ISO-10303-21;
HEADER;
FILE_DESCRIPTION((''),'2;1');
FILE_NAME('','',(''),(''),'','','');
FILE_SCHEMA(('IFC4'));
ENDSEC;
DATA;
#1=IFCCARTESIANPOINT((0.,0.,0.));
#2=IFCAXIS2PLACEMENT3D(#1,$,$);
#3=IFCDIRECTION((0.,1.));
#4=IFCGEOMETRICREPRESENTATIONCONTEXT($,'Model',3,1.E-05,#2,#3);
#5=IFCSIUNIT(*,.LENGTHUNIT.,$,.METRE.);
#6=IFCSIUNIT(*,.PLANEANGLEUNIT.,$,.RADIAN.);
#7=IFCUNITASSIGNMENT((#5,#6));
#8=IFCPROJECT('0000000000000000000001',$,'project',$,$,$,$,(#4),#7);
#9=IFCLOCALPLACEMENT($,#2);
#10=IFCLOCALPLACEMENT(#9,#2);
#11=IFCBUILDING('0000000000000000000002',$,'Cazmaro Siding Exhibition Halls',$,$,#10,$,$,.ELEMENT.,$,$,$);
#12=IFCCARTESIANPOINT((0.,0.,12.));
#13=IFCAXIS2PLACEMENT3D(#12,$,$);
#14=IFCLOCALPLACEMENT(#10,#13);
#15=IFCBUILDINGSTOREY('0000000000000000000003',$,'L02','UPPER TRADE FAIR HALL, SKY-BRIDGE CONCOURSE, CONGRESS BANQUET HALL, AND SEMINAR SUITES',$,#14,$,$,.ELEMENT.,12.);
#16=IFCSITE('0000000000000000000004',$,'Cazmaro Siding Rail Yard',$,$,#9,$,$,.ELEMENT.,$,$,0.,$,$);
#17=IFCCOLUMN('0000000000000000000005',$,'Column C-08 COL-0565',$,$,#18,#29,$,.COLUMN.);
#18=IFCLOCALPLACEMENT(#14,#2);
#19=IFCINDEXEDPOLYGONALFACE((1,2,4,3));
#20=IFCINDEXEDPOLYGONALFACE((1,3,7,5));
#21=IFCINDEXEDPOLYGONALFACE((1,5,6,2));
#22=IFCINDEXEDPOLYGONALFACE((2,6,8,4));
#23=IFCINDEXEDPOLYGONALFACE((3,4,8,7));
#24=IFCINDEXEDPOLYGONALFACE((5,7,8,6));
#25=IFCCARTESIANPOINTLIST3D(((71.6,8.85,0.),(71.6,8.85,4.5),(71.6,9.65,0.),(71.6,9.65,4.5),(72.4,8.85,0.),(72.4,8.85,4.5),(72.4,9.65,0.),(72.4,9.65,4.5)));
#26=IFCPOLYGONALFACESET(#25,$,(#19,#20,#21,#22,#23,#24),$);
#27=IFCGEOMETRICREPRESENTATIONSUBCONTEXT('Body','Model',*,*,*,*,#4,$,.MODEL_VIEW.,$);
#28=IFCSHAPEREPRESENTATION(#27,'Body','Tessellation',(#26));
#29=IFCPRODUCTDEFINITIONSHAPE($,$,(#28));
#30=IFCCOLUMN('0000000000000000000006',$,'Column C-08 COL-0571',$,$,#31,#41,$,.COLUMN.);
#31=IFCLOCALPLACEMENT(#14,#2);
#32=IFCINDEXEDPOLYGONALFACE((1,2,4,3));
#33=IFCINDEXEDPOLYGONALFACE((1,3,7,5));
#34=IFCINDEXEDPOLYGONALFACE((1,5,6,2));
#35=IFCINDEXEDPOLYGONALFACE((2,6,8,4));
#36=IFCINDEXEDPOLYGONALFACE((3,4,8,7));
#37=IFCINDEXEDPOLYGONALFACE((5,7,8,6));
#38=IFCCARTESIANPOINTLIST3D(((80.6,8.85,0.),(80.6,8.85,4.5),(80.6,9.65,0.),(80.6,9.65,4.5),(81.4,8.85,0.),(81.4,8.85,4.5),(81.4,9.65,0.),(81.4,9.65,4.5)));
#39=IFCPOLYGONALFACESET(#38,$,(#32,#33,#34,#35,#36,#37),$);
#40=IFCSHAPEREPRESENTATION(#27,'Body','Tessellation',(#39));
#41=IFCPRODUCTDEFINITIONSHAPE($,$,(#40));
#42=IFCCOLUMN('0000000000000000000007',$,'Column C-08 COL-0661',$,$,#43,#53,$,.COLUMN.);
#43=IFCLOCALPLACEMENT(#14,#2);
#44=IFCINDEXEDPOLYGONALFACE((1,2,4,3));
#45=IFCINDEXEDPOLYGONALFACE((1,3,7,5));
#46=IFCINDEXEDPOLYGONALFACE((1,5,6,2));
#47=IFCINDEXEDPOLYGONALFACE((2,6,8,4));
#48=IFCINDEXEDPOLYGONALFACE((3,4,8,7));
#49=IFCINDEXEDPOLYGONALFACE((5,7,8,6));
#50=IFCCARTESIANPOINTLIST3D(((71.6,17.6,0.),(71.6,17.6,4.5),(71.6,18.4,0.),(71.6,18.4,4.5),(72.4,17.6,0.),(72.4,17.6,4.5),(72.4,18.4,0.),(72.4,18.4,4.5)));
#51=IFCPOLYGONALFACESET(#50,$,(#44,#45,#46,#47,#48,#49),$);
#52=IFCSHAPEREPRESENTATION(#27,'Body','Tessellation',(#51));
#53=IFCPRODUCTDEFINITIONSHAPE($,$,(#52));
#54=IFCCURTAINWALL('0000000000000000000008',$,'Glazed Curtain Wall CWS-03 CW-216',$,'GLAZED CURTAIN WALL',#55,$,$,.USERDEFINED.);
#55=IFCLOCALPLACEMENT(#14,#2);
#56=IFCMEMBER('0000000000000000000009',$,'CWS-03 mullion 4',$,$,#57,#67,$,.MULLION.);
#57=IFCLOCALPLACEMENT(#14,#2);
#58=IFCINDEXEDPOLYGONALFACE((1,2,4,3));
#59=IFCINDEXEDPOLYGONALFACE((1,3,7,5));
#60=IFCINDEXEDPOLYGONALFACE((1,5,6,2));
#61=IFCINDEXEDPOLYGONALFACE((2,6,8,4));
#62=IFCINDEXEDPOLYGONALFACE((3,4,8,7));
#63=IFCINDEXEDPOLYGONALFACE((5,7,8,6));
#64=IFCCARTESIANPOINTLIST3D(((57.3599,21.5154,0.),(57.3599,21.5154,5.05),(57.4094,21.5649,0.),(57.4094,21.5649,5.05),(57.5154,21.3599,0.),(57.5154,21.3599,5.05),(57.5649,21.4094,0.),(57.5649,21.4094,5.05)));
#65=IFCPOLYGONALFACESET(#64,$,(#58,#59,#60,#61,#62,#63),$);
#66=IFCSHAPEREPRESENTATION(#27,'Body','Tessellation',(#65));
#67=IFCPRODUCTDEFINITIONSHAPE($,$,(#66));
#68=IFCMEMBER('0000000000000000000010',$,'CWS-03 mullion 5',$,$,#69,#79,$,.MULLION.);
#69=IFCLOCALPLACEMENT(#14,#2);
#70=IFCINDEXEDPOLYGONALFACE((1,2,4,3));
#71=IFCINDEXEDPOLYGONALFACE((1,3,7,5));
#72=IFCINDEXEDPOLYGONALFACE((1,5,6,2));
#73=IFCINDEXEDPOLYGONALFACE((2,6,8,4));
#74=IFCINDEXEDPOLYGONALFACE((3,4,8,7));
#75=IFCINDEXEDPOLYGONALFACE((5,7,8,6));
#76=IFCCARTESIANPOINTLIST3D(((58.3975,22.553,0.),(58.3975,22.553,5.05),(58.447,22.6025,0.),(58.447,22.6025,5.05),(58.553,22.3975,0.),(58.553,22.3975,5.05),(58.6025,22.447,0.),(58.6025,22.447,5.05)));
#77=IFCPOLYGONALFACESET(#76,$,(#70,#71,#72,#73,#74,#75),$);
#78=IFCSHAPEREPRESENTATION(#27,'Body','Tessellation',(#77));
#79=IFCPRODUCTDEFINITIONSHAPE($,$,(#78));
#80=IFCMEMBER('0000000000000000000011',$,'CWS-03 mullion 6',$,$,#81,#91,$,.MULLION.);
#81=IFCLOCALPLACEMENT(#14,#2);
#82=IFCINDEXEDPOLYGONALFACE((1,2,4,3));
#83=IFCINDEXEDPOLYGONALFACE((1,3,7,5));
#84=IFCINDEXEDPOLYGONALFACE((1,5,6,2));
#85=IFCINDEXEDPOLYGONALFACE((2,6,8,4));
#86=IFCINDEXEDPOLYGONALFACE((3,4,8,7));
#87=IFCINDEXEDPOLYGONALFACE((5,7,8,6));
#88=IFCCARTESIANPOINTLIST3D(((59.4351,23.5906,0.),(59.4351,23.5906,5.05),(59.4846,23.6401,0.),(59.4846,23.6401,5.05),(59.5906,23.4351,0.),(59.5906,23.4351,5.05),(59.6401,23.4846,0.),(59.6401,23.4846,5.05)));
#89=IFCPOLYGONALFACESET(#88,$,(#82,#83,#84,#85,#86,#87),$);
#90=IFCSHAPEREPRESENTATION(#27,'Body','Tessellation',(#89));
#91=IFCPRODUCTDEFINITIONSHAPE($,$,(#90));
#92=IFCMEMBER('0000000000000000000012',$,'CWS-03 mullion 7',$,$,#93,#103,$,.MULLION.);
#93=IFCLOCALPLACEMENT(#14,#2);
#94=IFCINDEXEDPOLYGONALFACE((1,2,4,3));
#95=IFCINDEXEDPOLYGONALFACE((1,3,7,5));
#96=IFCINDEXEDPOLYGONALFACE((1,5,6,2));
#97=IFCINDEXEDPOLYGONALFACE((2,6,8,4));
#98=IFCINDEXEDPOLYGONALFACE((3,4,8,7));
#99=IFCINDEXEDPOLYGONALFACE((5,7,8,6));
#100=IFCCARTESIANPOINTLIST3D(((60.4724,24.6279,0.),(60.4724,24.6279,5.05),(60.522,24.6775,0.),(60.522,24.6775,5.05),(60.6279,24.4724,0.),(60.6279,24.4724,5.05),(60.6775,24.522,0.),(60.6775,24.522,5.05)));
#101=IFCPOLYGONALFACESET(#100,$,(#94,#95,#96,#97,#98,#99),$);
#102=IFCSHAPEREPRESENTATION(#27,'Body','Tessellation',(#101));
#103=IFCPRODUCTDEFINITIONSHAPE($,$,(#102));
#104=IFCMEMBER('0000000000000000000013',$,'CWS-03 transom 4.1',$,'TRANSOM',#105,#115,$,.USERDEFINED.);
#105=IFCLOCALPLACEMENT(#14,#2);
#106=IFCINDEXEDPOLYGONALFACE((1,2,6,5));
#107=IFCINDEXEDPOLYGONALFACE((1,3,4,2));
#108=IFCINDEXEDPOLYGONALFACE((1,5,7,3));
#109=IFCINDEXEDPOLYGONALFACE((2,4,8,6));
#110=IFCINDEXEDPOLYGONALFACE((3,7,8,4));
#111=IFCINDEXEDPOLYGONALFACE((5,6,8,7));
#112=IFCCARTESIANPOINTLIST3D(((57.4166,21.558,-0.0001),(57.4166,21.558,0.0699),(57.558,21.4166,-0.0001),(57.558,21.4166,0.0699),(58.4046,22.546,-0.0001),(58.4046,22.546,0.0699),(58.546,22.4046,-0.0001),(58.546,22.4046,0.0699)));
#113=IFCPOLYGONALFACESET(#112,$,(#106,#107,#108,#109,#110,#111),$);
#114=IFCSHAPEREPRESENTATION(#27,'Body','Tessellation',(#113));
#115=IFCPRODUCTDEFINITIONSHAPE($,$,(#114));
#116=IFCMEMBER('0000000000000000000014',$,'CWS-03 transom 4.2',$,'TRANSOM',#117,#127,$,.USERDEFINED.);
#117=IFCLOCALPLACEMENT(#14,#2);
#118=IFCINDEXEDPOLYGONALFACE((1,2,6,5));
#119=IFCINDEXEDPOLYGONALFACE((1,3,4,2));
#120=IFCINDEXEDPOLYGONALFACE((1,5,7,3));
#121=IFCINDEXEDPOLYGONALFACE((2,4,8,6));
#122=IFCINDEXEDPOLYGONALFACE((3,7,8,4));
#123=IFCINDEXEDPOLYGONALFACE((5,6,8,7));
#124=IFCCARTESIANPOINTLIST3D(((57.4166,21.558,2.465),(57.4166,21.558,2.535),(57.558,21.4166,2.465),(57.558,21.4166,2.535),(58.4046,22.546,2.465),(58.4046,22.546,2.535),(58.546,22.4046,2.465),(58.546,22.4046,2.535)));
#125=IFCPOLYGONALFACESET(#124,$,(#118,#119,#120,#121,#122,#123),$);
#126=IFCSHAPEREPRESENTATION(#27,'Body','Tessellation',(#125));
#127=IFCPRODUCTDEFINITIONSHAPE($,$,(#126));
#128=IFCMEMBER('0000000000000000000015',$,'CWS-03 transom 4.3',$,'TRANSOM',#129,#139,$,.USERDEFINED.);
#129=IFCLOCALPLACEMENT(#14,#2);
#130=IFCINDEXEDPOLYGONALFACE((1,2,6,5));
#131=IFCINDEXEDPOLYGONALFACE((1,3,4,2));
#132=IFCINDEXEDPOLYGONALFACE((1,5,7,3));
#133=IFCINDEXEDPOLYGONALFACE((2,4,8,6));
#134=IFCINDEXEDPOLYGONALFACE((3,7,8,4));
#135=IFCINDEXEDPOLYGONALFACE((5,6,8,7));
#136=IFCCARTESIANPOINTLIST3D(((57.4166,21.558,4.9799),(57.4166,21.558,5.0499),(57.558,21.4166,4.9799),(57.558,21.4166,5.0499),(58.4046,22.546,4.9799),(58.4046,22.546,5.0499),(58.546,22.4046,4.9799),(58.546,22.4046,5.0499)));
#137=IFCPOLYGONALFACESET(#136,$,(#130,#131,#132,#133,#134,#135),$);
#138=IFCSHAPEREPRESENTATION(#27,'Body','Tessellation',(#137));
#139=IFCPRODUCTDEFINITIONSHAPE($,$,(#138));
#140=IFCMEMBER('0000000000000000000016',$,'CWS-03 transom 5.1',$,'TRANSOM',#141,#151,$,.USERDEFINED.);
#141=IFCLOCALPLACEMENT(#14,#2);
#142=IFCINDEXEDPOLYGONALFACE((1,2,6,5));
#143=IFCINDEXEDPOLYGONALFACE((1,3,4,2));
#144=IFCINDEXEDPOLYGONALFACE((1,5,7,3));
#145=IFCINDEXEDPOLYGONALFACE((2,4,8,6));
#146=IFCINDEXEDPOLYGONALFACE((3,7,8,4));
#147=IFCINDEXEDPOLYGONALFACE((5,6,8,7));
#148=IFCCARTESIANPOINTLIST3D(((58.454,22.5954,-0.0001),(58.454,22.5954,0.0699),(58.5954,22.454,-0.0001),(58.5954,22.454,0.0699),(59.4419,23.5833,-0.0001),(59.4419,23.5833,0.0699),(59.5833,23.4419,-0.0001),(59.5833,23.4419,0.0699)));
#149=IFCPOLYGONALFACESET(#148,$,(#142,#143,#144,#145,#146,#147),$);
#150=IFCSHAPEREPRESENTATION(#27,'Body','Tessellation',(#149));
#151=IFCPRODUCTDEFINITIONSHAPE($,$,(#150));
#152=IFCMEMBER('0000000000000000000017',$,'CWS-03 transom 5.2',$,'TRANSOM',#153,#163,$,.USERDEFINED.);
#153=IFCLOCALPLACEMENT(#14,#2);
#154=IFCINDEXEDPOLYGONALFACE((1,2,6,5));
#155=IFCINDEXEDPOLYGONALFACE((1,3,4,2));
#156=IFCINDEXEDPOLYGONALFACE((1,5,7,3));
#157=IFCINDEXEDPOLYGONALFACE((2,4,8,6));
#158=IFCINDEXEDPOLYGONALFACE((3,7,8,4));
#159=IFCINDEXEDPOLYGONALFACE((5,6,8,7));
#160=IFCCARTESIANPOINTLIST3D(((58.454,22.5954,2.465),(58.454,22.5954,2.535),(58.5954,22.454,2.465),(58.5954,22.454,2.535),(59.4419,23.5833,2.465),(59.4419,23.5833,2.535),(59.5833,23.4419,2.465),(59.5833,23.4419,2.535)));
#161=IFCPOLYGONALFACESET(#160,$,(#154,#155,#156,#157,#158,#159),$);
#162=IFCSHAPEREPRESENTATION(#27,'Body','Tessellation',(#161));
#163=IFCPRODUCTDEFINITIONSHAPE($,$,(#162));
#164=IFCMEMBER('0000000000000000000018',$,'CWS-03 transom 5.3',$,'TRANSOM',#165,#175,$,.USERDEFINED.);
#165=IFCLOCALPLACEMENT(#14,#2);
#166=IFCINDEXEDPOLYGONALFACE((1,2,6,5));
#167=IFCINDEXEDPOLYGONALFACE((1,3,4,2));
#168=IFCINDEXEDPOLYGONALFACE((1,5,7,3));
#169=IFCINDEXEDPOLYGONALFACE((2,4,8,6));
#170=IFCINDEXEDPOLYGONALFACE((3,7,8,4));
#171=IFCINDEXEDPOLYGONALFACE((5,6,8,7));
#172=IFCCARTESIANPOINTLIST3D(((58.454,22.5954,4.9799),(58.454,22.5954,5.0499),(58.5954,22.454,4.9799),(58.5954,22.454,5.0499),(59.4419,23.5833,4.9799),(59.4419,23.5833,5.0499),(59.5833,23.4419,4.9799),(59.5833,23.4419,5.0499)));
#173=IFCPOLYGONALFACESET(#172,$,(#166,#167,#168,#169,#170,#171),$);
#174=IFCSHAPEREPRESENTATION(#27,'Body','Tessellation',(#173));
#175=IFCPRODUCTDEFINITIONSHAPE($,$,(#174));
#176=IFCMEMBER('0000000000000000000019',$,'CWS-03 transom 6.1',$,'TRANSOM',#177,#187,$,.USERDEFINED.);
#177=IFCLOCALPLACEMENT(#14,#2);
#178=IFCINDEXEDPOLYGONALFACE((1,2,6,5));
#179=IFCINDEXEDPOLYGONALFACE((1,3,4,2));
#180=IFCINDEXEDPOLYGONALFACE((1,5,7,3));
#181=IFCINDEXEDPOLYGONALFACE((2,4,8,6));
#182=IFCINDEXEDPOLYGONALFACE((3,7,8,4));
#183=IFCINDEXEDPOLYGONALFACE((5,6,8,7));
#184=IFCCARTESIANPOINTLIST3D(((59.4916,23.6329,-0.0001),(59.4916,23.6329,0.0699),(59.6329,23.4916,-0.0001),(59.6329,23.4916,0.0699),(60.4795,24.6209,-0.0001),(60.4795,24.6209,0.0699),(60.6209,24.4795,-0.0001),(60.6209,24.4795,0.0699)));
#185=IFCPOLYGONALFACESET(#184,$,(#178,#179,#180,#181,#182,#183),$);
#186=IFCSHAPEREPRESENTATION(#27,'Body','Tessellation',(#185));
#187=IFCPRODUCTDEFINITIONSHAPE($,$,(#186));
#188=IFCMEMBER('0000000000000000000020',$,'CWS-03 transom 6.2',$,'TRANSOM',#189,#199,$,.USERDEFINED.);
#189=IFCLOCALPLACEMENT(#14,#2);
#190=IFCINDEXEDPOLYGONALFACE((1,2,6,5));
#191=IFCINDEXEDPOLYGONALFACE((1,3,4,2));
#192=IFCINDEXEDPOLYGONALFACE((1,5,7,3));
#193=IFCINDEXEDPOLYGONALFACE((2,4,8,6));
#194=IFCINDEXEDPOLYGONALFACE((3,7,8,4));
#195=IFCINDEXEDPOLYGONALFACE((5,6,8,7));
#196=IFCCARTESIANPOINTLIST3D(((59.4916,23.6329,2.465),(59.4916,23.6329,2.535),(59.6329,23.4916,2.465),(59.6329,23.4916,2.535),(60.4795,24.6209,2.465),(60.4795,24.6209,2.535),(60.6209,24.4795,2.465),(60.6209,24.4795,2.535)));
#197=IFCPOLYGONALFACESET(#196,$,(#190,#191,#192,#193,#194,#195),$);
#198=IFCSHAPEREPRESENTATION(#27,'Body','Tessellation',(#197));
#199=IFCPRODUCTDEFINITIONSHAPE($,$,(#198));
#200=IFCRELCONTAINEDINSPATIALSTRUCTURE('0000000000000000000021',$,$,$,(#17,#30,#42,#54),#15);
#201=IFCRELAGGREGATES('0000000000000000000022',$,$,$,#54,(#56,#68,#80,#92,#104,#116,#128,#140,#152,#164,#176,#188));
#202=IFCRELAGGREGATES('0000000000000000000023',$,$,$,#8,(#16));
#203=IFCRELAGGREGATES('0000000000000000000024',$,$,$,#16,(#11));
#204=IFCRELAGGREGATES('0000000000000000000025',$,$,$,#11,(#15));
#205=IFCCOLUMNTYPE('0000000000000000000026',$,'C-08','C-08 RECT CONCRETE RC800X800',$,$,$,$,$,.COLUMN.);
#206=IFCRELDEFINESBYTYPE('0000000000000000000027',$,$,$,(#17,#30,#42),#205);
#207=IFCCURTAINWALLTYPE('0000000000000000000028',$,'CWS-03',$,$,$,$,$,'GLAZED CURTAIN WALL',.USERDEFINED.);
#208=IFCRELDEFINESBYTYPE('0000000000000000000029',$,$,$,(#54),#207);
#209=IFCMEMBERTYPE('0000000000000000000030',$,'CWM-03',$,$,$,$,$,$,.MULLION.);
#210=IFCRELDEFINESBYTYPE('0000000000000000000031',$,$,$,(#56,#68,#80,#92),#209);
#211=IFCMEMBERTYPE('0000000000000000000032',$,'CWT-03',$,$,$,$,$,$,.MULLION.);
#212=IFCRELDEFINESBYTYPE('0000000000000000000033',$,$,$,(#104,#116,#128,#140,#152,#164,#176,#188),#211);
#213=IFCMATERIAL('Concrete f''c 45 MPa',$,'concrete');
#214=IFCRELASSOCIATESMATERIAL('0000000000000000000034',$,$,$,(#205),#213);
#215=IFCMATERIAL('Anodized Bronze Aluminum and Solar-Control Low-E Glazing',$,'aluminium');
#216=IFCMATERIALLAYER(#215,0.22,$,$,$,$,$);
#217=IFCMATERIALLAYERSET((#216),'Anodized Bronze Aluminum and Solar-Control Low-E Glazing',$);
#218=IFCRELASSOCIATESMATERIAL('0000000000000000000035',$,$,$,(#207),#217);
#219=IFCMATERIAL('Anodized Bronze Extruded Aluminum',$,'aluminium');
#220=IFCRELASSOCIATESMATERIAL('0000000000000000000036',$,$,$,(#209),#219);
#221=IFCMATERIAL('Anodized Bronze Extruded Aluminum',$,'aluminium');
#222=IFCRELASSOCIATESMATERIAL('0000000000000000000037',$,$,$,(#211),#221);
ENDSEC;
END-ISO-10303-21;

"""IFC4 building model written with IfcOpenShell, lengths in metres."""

from ifc_helpers import new_model, si_unit, direction, frame, origin, origin_2d, place, context, subcontext, project, spatial, rectangle, extrude, material, layer, layer_set, material_profile, profile_set, type_object, element, aggregate, save


model = new_model("IFC4")

# Units and contexts
model_context = context("Model", 3, precision=1e-05, world=origin(), true_north=direction((0.0, 1.0)))
body_context = subcontext(model_context, "Body", "Model", "MODEL_VIEW")
ifc_project = project(units=[si_unit("LENGTHUNIT", "METRE"), si_unit("PLANEANGLEUNIT", "RADIAN")], contexts=[model_context])

# Site, building, storey
site_placement = place(None, origin())
site = spatial("IfcSite", under=ifc_project, at=site_placement, Name="Cazmaro Siding Rail Yard", CompositionType="ELEMENT", RefElevation=0.0)
building_placement = place(site_placement, origin())
building = spatial("IfcBuilding", under=site, at=building_placement, Name="Cazmaro Siding Exhibition Halls", CompositionType="ELEMENT")
storey_placement = place(building_placement, frame((0.0, 0.0, 12.0)))
storey = spatial("IfcBuildingStorey", under=building, at=storey_placement, Name="L02", Description="UPPER TRADE FAIR HALL, SKY-BRIDGE CONCOURSE, CONGRESS BANQUET HALL, AND SEMINAR SUITES", CompositionType="ELEMENT", Elevation=12.0)

# Columns
ifc_material_1 = material(Name="Concrete f'c 45 MPa", Category="concrete")
ifc_material_profile_1 = material_profile(ifc_material_1, rectangle(XDim=0.8, YDim=0.8, at=origin_2d()), Name="RC800X800")
ifc_profile_set_1 = profile_set([ifc_material_profile_1], Name="Concrete f'c 45 MPa")
column_type = type_object("IfcColumnType", Name="C-08", Description="C-08 RECT CONCRETE RC800X800", PredefinedType="COLUMN", material=ifc_profile_set_1)
for number, where, z_axis, x_axis, name in (
    (1, (72.0, 9.25, 0.0), (0.0, 0.0, 1.0), (1.0, 0.0, 0.0), "Column C-08 COL-0565"),
    (2, (81.0, 9.25, 0.0), (0.0, 0.0, 1.0), (1.0, 0.0, 0.0), "Column C-08 COL-0571"),
    (3, (72.0, 18.0, 0.0), (0.0, 0.0, 1.0), (1.0, 0.0, 0.0), "Column C-08 COL-0661"),
):
    element("IfcColumn", number, at=place(storey_placement, frame(where, z_axis=z_axis, x_axis=x_axis)), inside=storey, type_object=column_type, Name=name, PredefinedType="COLUMN", context=body_context, shape_type="SweptSolid", body=[
        extrude(rectangle(XDim=0.8, YDim=0.8, at=origin_2d()), origin(), (0.0, 0.0, 1.0), 4.5),
    ])

# Curtain wall, members
ifc_material_2 = material(Name="Anodized Bronze Aluminum and Solar-Control Low-E Glazing", Category="aluminium")
ifc_layer_1 = layer(ifc_material_2, 0.22)
ifc_layer_set_1 = layer_set([ifc_layer_1], Name="Anodized Bronze Aluminum and Solar-Control Low-E Glazing")
curtain_wall_type = type_object("IfcCurtainWallType", Name="CWS-03", ElementType="GLAZED CURTAIN WALL", PredefinedType="USERDEFINED", material=ifc_layer_set_1)
curtain_wall_placement = place(storey_placement, origin())
curtain_wall = element("IfcCurtainWall", 4, at=curtain_wall_placement, inside=storey, type_object=curtain_wall_type, Name="Glazed Curtain Wall CWS-03 CW-216", ObjectType="GLAZED CURTAIN WALL", PredefinedType="USERDEFINED")
ifc_material_3 = material(Name="Anodized Bronze Extruded Aluminum", Category="aluminium")
ifc_material_profile_2 = material_profile(ifc_material_3, rectangle(XDim=0.22, YDim=0.0701, at=origin_2d()), Name="CWM-03")
ifc_profile_set_2 = profile_set([ifc_material_profile_2], Name="Anodized Bronze Extruded Aluminum")
member_type_1 = type_object("IfcMemberType", Name="CWM-03", PredefinedType="MULLION", material=ifc_profile_set_2)
member_1_placement = place(storey_placement, frame((57.4624, 21.4624, 0.0), z_axis=(0.0, 0.0, 1.0), x_axis=(-0.707107, 0.707107, 0.0)))
member_1 = element("IfcMember", 5, at=member_1_placement, type_object=member_type_1, Name="CWS-03 mullion 4", PredefinedType="MULLION", context=body_context, shape_type="SweptSolid", body=[
    extrude(rectangle(XDim=0.22, YDim=0.0701, at=origin_2d()), origin(), (0.0, 0.0, 1.0), 5.05),
])
member_2_placement = place(storey_placement, frame((58.5, 22.5, 0.0), z_axis=(0.0, 0.0, 1.0), x_axis=(-0.707107, 0.707107, 0.0)))
member_2 = element("IfcMember", 6, at=member_2_placement, type_object=member_type_1, Name="CWS-03 mullion 5", PredefinedType="MULLION", context=body_context, shape_type="SweptSolid", body=[
    extrude(rectangle(XDim=0.22, YDim=0.0701, at=origin_2d()), origin(), (0.0, 0.0, 1.0), 5.05),
])
member_3_placement = place(storey_placement, frame((59.5376, 23.5376, 0.0), z_axis=(0.0, 0.0, 1.0), x_axis=(-0.707107, 0.707107, 0.0)))
member_3 = element("IfcMember", 7, at=member_3_placement, type_object=member_type_1, Name="CWS-03 mullion 6", PredefinedType="MULLION", context=body_context, shape_type="SweptSolid", body=[
    extrude(rectangle(XDim=0.22, YDim=0.0701, at=origin_2d()), origin(), (0.0, 0.0, 1.0), 5.05),
])
member_4_placement = place(storey_placement, frame((60.575, 24.575, 0.0), z_axis=(0.0, 0.0, 1.0), x_axis=(-0.707107, 0.707107, 0.0)))
member_4 = element("IfcMember", 8, at=member_4_placement, type_object=member_type_1, Name="CWS-03 mullion 7", PredefinedType="MULLION", context=body_context, shape_type="SweptSolid", body=[
    extrude(rectangle(XDim=0.22, YDim=0.0701, at=origin_2d()), origin(), (0.0, 0.0, 1.0), 5.05),
])
ifc_material_4 = material(Name="Anodized Bronze Extruded Aluminum", Category="aluminium")
ifc_material_profile_3 = material_profile(ifc_material_4, rectangle(XDim=0.2, YDim=0.0701, at=origin_2d()), Name="CWT-03")
ifc_profile_set_3 = profile_set([ifc_material_profile_3], Name="Anodized Bronze Extruded Aluminum")
member_type_2 = type_object("IfcMemberType", Name="CWT-03", PredefinedType="MULLION", material=ifc_profile_set_3)
member_5_placement = place(storey_placement, frame((57.4873, 21.4873, 0.0349), z_axis=(0.707107, 0.707107, 0.0), x_axis=(-0.707107, 0.707107, 0.0)))
member_5 = element("IfcMember", 9, at=member_5_placement, type_object=member_type_2, Name="CWS-03 transom 4.1", ObjectType="TRANSOM", PredefinedType="USERDEFINED", context=body_context, shape_type="SweptSolid", body=[
    extrude(rectangle(XDim=0.2, YDim=0.0701, at=origin_2d()), origin(), (0.0, 0.0, 1.0), 1.3972),
])
member_6_placement = place(storey_placement, frame((57.4873, 21.4873, 2.5), z_axis=(0.707107, 0.707107, 0.0), x_axis=(-0.707107, 0.707107, 0.0)))
member_6 = element("IfcMember", 10, at=member_6_placement, type_object=member_type_2, Name="CWS-03 transom 4.2", ObjectType="TRANSOM", PredefinedType="USERDEFINED", context=body_context, shape_type="SweptSolid", body=[
    extrude(rectangle(XDim=0.2, YDim=0.0701, at=origin_2d()), origin(), (0.0, 0.0, 1.0), 1.3972),
])
member_7_placement = place(storey_placement, frame((57.4873, 21.4873, 5.0149), z_axis=(0.707107, 0.707107, 0.0), x_axis=(-0.707107, 0.707107, 0.0)))
member_7 = element("IfcMember", 11, at=member_7_placement, type_object=member_type_2, Name="CWS-03 transom 4.3", ObjectType="TRANSOM", PredefinedType="USERDEFINED", context=body_context, shape_type="SweptSolid", body=[
    extrude(rectangle(XDim=0.2, YDim=0.0701, at=origin_2d()), origin(), (0.0, 0.0, 1.0), 1.3972),
])
member_8_placement = place(storey_placement, frame((58.5247, 22.5247, 0.0349), z_axis=(0.707107, 0.707107, 0.0), x_axis=(-0.707107, 0.707107, 0.0)))
member_8 = element("IfcMember", 12, at=member_8_placement, type_object=member_type_2, Name="CWS-03 transom 5.1", ObjectType="TRANSOM", PredefinedType="USERDEFINED", context=body_context, shape_type="SweptSolid", body=[
    extrude(rectangle(XDim=0.2, YDim=0.0701, at=origin_2d()), origin(), (0.0, 0.0, 1.0), 1.3972),
])
member_9_placement = place(storey_placement, frame((58.5247, 22.5247, 2.5), z_axis=(0.707107, 0.707107, 0.0), x_axis=(-0.707107, 0.707107, 0.0)))
member_9 = element("IfcMember", 13, at=member_9_placement, type_object=member_type_2, Name="CWS-03 transom 5.2", ObjectType="TRANSOM", PredefinedType="USERDEFINED", context=body_context, shape_type="SweptSolid", body=[
    extrude(rectangle(XDim=0.2, YDim=0.0701, at=origin_2d()), origin(), (0.0, 0.0, 1.0), 1.3972),
])
member_10_placement = place(storey_placement, frame((58.5247, 22.5247, 5.0149), z_axis=(0.707107, 0.707107, 0.0), x_axis=(-0.707107, 0.707107, 0.0)))
member_10 = element("IfcMember", 14, at=member_10_placement, type_object=member_type_2, Name="CWS-03 transom 5.3", ObjectType="TRANSOM", PredefinedType="USERDEFINED", context=body_context, shape_type="SweptSolid", body=[
    extrude(rectangle(XDim=0.2, YDim=0.0701, at=origin_2d()), origin(), (0.0, 0.0, 1.0), 1.3972),
])
member_11_placement = place(storey_placement, frame((59.5623, 23.5623, 0.0349), z_axis=(0.707107, 0.707107, 0.0), x_axis=(-0.707107, 0.707107, 0.0)))
member_11 = element("IfcMember", 15, at=member_11_placement, type_object=member_type_2, Name="CWS-03 transom 6.1", ObjectType="TRANSOM", PredefinedType="USERDEFINED", context=body_context, shape_type="SweptSolid", body=[
    extrude(rectangle(XDim=0.2, YDim=0.0701, at=origin_2d()), origin(), (0.0, 0.0, 1.0), 1.3972),
])
member_12_placement = place(storey_placement, frame((59.5623, 23.5623, 2.5), z_axis=(0.707107, 0.707107, 0.0), x_axis=(-0.707107, 0.707107, 0.0)))
member_12 = element("IfcMember", 16, at=member_12_placement, type_object=member_type_2, Name="CWS-03 transom 6.2", ObjectType="TRANSOM", PredefinedType="USERDEFINED", context=body_context, shape_type="SweptSolid", body=[
    extrude(rectangle(XDim=0.2, YDim=0.0701, at=origin_2d()), origin(), (0.0, 0.0, 1.0), 1.3972),
])

aggregate(curtain_wall, [member_1, member_2, member_3, member_4, member_5, member_6, member_7, member_8, member_9, member_10, member_11, member_12])

save(model, "model.ifc")
